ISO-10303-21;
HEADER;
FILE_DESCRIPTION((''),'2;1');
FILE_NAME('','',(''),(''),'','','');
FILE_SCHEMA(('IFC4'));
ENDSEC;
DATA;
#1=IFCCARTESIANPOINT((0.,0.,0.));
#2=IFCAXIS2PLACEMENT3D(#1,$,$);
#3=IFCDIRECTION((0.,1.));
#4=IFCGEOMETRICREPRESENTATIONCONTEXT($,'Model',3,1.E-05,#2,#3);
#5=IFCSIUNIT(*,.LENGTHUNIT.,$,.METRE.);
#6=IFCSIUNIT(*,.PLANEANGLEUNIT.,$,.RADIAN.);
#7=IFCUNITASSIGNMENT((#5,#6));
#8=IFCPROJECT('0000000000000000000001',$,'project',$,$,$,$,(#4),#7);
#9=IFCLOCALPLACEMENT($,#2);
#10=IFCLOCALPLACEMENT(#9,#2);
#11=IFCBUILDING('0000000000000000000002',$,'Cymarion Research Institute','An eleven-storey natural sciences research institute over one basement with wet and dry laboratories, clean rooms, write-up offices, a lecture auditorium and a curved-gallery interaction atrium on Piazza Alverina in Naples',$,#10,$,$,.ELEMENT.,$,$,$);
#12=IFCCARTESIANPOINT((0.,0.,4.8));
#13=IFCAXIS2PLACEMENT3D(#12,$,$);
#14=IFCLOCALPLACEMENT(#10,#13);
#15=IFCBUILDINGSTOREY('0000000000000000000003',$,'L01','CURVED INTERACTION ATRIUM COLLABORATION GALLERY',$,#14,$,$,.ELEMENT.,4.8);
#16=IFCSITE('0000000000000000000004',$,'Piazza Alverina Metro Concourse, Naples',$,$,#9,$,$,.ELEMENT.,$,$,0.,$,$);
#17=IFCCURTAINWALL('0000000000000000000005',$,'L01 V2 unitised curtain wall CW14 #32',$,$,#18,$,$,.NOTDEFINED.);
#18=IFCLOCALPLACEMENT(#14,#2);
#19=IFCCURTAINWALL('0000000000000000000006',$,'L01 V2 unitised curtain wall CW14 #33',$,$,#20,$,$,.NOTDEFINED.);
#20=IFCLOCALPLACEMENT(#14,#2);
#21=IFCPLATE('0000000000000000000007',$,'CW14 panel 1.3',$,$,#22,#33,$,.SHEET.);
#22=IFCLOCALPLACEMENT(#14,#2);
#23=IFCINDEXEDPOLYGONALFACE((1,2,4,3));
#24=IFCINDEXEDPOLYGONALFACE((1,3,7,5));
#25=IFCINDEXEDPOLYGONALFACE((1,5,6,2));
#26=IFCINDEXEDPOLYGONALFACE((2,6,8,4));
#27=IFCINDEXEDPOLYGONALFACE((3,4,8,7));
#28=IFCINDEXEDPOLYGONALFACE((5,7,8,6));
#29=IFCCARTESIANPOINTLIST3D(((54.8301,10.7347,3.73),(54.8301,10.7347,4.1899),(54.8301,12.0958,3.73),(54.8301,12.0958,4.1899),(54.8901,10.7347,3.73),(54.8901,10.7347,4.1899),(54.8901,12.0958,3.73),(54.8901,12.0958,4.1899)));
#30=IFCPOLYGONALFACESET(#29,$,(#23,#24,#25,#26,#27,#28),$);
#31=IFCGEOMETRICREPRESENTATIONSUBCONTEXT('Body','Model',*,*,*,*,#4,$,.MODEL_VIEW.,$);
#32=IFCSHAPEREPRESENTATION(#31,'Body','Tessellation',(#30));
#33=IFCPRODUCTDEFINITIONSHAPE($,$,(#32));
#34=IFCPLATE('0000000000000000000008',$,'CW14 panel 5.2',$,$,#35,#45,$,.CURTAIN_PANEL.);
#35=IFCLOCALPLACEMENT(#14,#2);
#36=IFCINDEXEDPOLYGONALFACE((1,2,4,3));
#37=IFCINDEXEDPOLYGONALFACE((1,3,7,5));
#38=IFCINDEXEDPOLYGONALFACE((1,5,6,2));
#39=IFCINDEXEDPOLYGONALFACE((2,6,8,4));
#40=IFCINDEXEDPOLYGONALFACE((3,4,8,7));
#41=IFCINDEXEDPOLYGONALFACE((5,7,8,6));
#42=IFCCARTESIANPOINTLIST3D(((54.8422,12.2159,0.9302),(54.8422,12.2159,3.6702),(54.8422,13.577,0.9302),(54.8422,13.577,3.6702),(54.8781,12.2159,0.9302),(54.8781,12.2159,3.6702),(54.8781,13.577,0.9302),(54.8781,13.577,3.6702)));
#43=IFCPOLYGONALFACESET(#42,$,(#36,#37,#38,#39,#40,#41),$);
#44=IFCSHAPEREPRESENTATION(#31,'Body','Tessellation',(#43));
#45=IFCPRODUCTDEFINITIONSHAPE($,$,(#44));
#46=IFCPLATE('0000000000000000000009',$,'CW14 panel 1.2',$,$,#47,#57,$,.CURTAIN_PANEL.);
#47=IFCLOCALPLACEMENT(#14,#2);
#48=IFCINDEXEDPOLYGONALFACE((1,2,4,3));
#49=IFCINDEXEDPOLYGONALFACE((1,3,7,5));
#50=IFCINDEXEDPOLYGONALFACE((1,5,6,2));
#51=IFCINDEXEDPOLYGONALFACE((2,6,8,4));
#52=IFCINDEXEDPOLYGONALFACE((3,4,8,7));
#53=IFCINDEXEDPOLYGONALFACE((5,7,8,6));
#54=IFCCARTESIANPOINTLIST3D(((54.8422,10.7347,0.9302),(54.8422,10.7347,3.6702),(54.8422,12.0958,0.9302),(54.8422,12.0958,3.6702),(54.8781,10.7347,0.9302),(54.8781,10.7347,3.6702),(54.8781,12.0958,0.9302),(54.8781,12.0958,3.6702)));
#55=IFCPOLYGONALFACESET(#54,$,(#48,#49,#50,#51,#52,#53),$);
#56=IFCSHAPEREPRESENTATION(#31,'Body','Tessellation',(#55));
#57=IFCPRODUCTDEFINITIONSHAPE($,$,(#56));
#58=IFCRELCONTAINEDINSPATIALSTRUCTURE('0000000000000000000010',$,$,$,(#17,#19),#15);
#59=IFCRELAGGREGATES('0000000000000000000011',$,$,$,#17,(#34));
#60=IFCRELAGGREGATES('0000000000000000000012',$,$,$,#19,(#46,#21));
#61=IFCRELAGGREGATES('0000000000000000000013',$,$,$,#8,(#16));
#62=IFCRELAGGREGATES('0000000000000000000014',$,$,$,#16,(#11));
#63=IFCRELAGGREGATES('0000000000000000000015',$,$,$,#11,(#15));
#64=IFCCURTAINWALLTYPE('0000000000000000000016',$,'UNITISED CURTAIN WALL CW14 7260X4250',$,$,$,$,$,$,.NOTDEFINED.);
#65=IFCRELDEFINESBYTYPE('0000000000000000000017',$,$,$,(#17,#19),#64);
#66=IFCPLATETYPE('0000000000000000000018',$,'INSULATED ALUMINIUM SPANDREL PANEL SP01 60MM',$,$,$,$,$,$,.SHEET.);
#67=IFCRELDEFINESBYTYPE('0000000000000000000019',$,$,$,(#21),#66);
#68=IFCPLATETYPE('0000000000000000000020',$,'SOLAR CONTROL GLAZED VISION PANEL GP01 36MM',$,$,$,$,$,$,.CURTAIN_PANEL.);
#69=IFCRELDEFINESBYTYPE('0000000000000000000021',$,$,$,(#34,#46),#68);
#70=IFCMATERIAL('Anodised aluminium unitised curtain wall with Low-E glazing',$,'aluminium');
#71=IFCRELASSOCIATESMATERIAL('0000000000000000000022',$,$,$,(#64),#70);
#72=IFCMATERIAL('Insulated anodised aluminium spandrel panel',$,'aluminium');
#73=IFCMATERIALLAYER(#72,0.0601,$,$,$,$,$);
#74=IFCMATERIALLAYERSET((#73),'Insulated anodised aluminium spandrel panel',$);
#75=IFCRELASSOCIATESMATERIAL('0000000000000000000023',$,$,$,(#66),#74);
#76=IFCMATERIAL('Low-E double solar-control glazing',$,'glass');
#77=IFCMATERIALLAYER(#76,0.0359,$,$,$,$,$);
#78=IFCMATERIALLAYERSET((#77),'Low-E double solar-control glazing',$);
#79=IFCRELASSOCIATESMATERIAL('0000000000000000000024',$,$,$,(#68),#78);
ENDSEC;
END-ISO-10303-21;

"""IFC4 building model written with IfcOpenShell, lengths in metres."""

from ifc_helpers import new_model, si_unit, direction, frame, origin, origin_2d, place, context, subcontext, project, spatial, rectangle, extrude, material, layer, layer_set, type_object, element, aggregate, save


model = new_model("IFC4")

# Units and contexts
model_context = context("Model", 3, precision=1e-05, world=origin(), true_north=direction((0.0, 1.0)))
body_context = subcontext(model_context, "Body", "Model", "MODEL_VIEW")
ifc_project = project(units=[si_unit("LENGTHUNIT", "METRE"), si_unit("PLANEANGLEUNIT", "RADIAN")], contexts=[model_context])

# Site, building, storey
site_placement = place(None, origin())
site = spatial("IfcSite", under=ifc_project, at=site_placement, Name="Piazza Alverina Metro Concourse, Naples", CompositionType="ELEMENT", RefElevation=0.0)
building_placement = place(site_placement, origin())
building = spatial("IfcBuilding", under=site, at=building_placement, Name="Cymarion Research Institute", Description="An eleven-storey natural sciences research institute over one basement with wet and dry laboratories, clean rooms, write-up offices, a lecture auditorium and a curved-gallery interaction atrium on Piazza Alverina in Naples", CompositionType="ELEMENT")
storey_placement = place(building_placement, frame((0.0, 0.0, 4.8)))
storey = spatial("IfcBuildingStorey", under=building, at=storey_placement, Name="L01", Description="CURVED INTERACTION ATRIUM COLLABORATION GALLERY", CompositionType="ELEMENT", Elevation=4.8)

# Curtain walls
ifc_material_1 = material(Name="Anodised aluminium unitised curtain wall with Low-E glazing", Category="aluminium")
curtain_wall_type = type_object("IfcCurtainWallType", Name="UNITISED CURTAIN WALL CW14 7260X4250", PredefinedType="NOTDEFINED", material=ifc_material_1)
curtain_wall_1_placement = place(storey_placement, origin())
curtain_wall_1 = element("IfcCurtainWall", 1, at=curtain_wall_1_placement, inside=storey, type_object=curtain_wall_type, Name="L01 V2 unitised curtain wall CW14 #32", PredefinedType="NOTDEFINED")
curtain_wall_2_placement = place(storey_placement, origin())
curtain_wall_2 = element("IfcCurtainWall", 2, at=curtain_wall_2_placement, inside=storey, type_object=curtain_wall_type, Name="L01 V2 unitised curtain wall CW14 #33", PredefinedType="NOTDEFINED")

# Plates
ifc_material_2 = material(Name="Insulated anodised aluminium spandrel panel", Category="aluminium")
ifc_layer_1 = layer(ifc_material_2, 0.0601)
ifc_layer_set_1 = layer_set([ifc_layer_1], Name="Insulated anodised aluminium spandrel panel")
plate_type_1 = type_object("IfcPlateType", Name="INSULATED ALUMINIUM SPANDREL PANEL SP01 60MM", PredefinedType="SHEET", material=ifc_layer_set_1)
plate_1_placement = place(storey_placement, frame((54.8601, 11.4153, 3.73), z_axis=(0.0, 0.0, 1.0), x_axis=(0.0, -1.0, 0.0)))
plate_1 = element("IfcPlate", 3, at=plate_1_placement, type_object=plate_type_1, Name="CW14 panel 1.3", PredefinedType="SHEET", context=body_context, shape_type="SweptSolid", body=[
    extrude(rectangle(XDim=1.3611, YDim=0.0601, at=origin_2d()), origin(), (0.0, 0.0, 1.0), 0.46),
])
ifc_material_3 = material(Name="Low-E double solar-control glazing", Category="glass")
ifc_layer_2 = layer(ifc_material_3, 0.0359)
ifc_layer_set_2 = layer_set([ifc_layer_2], Name="Low-E double solar-control glazing")
plate_type_2 = type_object("IfcPlateType", Name="SOLAR CONTROL GLAZED VISION PANEL GP01 36MM", PredefinedType="CURTAIN_PANEL", material=ifc_layer_set_2)
plate_2_placement = place(storey_placement, frame((54.8601, 12.8965, 0.9302), z_axis=(0.0, 0.0, 1.0), x_axis=(0.0, -1.0, 0.0)))
plate_2 = element("IfcPlate", 4, at=plate_2_placement, type_object=plate_type_2, Name="CW14 panel 5.2", PredefinedType="CURTAIN_PANEL", context=body_context, shape_type="SweptSolid", body=[
    extrude(rectangle(XDim=1.3611, YDim=0.0359, at=origin_2d()), origin(), (0.0, 0.0, 1.0), 2.74),
])
aggregate(curtain_wall_1, [plate_2])
plate_3_placement = place(storey_placement, frame((54.8601, 11.4153, 0.9302), z_axis=(0.0, 0.0, 1.0), x_axis=(0.0, -1.0, 0.0)))
plate_3 = element("IfcPlate", 5, at=plate_3_placement, type_object=plate_type_2, Name="CW14 panel 1.2", PredefinedType="CURTAIN_PANEL", context=body_context, shape_type="SweptSolid", body=[
    extrude(rectangle(XDim=1.3611, YDim=0.0359, at=origin_2d()), origin(), (0.0, 0.0, 1.0), 2.74),
])
aggregate(curtain_wall_2, [plate_3, plate_1])

save(model, "model.ifc")
